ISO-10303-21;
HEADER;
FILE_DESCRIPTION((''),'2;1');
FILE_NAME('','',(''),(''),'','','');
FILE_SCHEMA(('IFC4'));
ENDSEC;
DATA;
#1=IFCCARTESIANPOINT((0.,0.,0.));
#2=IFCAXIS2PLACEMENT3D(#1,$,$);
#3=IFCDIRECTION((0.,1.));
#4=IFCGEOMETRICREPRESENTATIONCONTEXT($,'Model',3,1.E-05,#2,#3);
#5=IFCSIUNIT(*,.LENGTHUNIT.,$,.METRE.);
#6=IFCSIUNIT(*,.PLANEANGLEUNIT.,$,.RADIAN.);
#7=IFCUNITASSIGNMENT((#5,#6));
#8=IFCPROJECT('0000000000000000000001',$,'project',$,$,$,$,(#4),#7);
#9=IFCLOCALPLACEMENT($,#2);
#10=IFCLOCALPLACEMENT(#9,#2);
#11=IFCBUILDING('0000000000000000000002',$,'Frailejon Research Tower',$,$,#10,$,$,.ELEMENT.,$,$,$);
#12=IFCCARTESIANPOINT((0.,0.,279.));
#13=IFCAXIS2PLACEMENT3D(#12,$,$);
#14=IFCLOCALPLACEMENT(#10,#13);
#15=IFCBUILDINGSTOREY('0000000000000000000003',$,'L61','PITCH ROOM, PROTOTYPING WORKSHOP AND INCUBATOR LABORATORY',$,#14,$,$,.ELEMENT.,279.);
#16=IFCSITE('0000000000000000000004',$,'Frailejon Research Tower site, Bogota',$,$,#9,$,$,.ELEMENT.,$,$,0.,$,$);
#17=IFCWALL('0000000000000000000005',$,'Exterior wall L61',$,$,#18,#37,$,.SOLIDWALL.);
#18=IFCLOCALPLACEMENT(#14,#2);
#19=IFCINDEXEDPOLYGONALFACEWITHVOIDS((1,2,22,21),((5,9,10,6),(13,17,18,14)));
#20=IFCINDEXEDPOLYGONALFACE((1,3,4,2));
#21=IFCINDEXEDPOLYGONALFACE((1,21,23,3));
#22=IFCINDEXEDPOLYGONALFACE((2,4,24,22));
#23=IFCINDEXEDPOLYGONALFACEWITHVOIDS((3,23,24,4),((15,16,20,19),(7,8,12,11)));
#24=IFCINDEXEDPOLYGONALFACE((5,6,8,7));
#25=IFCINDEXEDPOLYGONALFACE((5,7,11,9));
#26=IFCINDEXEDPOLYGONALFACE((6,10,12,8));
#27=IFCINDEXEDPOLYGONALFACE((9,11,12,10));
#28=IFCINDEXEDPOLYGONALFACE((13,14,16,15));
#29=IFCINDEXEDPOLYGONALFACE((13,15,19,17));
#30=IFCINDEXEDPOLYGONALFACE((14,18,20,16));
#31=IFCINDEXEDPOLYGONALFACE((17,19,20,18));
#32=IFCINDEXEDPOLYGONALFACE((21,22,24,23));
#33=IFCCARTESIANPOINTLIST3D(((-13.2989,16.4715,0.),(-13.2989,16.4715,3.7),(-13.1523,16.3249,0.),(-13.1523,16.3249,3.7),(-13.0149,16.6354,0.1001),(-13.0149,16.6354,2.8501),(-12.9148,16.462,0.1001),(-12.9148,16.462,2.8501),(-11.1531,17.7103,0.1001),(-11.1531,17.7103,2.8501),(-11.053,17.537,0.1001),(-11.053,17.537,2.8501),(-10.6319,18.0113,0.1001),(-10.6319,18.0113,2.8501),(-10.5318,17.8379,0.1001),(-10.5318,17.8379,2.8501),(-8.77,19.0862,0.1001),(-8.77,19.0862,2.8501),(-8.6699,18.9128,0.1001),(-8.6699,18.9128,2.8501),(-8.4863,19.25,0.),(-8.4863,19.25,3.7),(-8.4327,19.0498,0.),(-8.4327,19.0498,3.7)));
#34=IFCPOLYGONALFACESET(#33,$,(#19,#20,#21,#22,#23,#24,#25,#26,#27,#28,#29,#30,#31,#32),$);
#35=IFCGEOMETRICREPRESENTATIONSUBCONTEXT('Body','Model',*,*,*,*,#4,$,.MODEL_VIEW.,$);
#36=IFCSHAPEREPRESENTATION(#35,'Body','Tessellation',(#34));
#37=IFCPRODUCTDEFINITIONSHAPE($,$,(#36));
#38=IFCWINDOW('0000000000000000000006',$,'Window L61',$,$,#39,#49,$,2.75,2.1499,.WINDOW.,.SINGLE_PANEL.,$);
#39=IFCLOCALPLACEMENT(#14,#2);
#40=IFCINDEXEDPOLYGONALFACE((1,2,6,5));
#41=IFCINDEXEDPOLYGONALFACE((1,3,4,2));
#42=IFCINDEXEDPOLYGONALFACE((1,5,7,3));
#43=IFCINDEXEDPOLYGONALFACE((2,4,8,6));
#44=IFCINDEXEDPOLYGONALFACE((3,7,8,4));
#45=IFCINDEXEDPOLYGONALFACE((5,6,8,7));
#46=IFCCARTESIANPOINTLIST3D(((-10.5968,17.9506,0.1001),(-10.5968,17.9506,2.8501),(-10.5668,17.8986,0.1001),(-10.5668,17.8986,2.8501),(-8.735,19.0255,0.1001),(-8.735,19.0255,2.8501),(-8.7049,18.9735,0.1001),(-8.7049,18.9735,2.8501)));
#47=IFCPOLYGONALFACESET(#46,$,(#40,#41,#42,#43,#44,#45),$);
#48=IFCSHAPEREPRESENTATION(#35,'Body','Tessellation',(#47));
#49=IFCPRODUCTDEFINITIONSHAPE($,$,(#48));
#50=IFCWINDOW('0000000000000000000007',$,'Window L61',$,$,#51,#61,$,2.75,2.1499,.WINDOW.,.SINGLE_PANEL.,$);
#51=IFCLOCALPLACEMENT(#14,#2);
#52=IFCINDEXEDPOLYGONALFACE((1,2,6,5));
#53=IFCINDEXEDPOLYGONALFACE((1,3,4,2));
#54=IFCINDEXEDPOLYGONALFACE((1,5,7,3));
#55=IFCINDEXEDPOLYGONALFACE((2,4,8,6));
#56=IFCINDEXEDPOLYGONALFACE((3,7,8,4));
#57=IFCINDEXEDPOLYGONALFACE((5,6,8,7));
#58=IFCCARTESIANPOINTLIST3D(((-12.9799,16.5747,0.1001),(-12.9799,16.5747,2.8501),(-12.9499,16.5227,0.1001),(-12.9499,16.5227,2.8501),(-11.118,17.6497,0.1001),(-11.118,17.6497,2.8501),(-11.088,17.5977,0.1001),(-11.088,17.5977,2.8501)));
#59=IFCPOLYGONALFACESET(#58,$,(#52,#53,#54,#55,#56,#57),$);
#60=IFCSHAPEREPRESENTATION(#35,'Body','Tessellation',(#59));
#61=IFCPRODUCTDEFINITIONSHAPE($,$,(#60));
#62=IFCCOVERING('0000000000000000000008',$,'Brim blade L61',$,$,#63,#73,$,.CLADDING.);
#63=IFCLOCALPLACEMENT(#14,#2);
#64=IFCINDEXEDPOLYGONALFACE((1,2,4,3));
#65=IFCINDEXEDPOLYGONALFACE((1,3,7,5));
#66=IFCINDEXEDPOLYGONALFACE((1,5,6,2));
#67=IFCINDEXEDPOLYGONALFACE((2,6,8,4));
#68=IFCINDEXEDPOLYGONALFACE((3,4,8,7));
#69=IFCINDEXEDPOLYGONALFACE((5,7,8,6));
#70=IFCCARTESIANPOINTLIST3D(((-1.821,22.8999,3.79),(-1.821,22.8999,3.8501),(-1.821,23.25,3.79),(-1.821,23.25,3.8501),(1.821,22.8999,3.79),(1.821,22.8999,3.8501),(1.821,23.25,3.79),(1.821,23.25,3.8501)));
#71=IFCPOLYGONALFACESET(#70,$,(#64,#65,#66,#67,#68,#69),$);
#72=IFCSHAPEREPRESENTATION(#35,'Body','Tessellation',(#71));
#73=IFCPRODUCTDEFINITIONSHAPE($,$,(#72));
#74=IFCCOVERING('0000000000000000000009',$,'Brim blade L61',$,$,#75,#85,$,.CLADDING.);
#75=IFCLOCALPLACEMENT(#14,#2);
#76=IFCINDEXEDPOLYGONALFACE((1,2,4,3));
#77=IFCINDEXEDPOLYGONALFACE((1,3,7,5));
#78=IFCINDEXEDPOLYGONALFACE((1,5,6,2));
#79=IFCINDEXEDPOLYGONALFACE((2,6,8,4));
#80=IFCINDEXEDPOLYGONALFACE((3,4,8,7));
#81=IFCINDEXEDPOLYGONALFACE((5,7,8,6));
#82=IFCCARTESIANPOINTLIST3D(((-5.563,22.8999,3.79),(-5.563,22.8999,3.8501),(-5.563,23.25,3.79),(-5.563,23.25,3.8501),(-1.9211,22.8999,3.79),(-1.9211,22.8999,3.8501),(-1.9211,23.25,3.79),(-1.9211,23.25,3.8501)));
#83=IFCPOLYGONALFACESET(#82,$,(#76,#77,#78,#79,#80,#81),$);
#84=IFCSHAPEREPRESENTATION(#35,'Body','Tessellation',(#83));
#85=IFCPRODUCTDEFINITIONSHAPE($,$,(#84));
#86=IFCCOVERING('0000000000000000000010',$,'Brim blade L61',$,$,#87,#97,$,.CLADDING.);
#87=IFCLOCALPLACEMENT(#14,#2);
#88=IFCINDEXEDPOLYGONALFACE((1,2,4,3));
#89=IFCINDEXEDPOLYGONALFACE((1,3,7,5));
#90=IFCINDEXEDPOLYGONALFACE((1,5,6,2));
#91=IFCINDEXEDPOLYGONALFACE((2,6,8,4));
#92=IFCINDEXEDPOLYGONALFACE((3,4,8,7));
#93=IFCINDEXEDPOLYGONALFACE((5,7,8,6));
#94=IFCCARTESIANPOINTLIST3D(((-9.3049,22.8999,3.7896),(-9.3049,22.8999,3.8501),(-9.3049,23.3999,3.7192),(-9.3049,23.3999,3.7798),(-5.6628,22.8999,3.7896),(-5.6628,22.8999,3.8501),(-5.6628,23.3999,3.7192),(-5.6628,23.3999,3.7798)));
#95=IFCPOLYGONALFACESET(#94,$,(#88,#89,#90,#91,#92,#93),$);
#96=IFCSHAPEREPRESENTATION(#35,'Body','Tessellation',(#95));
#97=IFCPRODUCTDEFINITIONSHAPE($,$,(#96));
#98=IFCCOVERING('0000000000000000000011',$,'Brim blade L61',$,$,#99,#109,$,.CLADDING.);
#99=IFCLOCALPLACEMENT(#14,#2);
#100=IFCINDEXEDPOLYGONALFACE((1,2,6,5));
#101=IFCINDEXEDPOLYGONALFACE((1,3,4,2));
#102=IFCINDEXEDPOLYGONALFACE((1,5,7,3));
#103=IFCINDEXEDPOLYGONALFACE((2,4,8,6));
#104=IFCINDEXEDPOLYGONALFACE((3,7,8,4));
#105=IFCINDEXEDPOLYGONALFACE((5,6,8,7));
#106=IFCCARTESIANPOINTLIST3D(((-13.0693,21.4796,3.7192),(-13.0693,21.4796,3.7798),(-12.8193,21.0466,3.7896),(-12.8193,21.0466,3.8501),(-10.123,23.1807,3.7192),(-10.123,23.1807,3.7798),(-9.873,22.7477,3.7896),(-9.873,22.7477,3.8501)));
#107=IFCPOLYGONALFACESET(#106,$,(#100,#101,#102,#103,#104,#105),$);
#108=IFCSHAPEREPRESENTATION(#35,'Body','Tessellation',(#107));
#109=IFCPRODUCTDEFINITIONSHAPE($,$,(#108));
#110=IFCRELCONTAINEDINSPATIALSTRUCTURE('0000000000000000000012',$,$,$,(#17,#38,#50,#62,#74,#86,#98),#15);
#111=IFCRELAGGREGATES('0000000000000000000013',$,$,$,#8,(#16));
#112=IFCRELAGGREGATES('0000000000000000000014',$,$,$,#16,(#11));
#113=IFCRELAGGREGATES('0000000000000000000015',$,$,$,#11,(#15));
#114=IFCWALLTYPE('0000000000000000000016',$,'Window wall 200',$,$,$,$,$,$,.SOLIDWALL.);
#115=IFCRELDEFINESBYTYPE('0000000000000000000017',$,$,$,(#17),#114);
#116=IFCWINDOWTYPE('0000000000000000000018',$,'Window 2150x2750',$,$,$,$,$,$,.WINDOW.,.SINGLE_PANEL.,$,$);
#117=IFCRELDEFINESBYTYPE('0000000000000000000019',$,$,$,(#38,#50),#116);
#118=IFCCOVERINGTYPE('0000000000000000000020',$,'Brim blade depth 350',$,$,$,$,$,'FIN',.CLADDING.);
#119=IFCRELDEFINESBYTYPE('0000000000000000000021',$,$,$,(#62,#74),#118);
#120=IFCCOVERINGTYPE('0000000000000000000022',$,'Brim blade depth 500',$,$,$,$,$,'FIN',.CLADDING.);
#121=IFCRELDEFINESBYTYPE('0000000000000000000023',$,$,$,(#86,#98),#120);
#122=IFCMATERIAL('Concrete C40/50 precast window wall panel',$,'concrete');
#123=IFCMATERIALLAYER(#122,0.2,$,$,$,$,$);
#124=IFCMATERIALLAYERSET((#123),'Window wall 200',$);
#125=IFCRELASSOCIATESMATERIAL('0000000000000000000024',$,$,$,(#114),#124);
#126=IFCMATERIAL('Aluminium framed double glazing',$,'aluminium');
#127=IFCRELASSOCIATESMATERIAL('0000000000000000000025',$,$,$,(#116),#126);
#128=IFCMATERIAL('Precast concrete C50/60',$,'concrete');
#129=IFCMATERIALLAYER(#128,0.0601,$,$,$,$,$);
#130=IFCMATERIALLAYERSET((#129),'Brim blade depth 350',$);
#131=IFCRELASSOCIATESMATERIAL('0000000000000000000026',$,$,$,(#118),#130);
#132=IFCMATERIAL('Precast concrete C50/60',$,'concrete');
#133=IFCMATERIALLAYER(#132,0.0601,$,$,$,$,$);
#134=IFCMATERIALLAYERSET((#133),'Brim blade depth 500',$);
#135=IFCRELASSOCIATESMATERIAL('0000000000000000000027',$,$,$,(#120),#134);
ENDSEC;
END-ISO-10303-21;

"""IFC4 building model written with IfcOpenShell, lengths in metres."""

from ifc_helpers import new_model, si_unit, direction, frame, frame_2d, origin, place, context, subcontext, project, spatial, polyline, rectangle, outline, extrude, material, layer, layer_set, type_object, element, fill, save


model = new_model("IFC4")

# Units and contexts
model_context = context("Model", 3, precision=1e-05, world=origin(), true_north=direction((0.0, 1.0)))
body_context = subcontext(model_context, "Body", "Model", "MODEL_VIEW")
ifc_project = project(units=[si_unit("LENGTHUNIT", "METRE"), si_unit("PLANEANGLEUNIT", "RADIAN")], contexts=[model_context])

# Site, building, storey
site_placement = place(None, origin())
site = spatial("IfcSite", under=ifc_project, at=site_placement, Name="Frailejon Research Tower site, Bogota", CompositionType="ELEMENT", RefElevation=0.0)
building_placement = place(site_placement, origin())
building = spatial("IfcBuilding", under=site, at=building_placement, Name="Frailejon Research Tower", CompositionType="ELEMENT")
storey_placement = place(building_placement, frame((0.0, 0.0, 279.0)))
storey = spatial("IfcBuildingStorey", under=building, at=storey_placement, Name="L61", Description="PITCH ROOM, PROTOTYPING WORKSHOP AND INCUBATOR LABORATORY", CompositionType="ELEMENT", Elevation=279.0)

# Wall, openings, windows
ifc_material_1 = material(Name="Concrete C40/50 precast window wall panel", Category="concrete")
ifc_layer_1 = layer(ifc_material_1, 0.2)
ifc_layer_set_1 = layer_set([ifc_layer_1], Name="Window wall 200")
wall_type = type_object("IfcWallType", Name="Window wall 200", PredefinedType="SOLIDWALL", material=ifc_layer_set_1)
wall_placement = place(storey_placement, frame((-8.4595, 19.1499, 0.0), z_axis=(0.0, 0.0, 1.0), x_axis=(-0.866026, -0.499999, 0.0)))
wall = element("IfcWall", 1, at=wall_placement, inside=storey, type_object=wall_type, Name="Exterior wall L61", PredefinedType="SOLIDWALL", context=body_context, shape_type="SweptSolid", body=[
    extrude(outline(polyline([(-0.0269, -0.1001), (1.0845, -0.1001), (2.196, -0.1001), (3.3074, -0.1001), (4.4189, -0.1001), (5.5303, -0.1001), (5.4766, 0.1001), (4.3867, 0.1001), (3.2966, 0.1001), (2.2068, 0.1001), (1.1167, 0.1001), (0.0269, 0.1001), (-0.0269, -0.1001)])), origin(), (0.0, 0.0, 1.0), 3.7),
])
opening_1_placement = place(wall_placement, frame((0.3008, 0.0, 0.1001)))
opening_1 = element("IfcOpeningElement", 2, at=opening_1_placement, cuts=wall, PredefinedType="OPENING", context=body_context, shape_type="SweptSolid", body=[
    extrude(rectangle(XDim=2.1499, YDim=2.75, at=frame_2d((1.075, 1.375))), frame((0.0, 0.1099, 0.0), z_axis=(0.0, -1.0, 0.0), x_axis=(1.0, 0.0, 0.0)), (0.0, 0.0, 1.0), 0.22),
])
opening_2_placement = place(wall_placement, frame((3.0525, 0.0, 0.1001)))
opening_2 = element("IfcOpeningElement", 3, at=opening_2_placement, cuts=wall, PredefinedType="OPENING", context=body_context, shape_type="SweptSolid", body=[
    extrude(rectangle(XDim=2.1499, YDim=2.75, at=frame_2d((1.075, 1.375))), frame((0.0, 0.1099, 0.0), z_axis=(0.0, -1.0, 0.0), x_axis=(1.0, 0.0, 0.0)), (0.0, 0.0, 1.0), 0.22),
])
ifc_material_2 = material(Name="Aluminium framed double glazing", Category="aluminium")
window_type = type_object("IfcWindowType", Name="Window 2150x2750", PartitioningType="SINGLE_PANEL", PredefinedType="WINDOW", material=ifc_material_2)
window_1_placement = place(opening_1_placement, origin())
window_1 = element("IfcWindow", 4, at=window_1_placement, inside=storey, type_object=window_type, Name="Window L61", OverallHeight=2.75, OverallWidth=2.1499, PartitioningType="SINGLE_PANEL", PredefinedType="WINDOW", context=body_context, shape_type="SweptSolid", body=[
    extrude(rectangle(XDim=2.1499, YDim=2.75, at=frame_2d((1.075, 1.375))), frame((0.0, 0.03, 0.0), z_axis=(0.0, -1.0, 0.0), x_axis=(1.0, 0.0, 0.0)), (0.0, 0.0, 1.0), 0.0601),
])
fill(opening_1, window_1)
window_2_placement = place(opening_2_placement, origin())
window_2 = element("IfcWindow", 5, at=window_2_placement, inside=storey, type_object=window_type, Name="Window L61", OverallHeight=2.75, OverallWidth=2.1499, PartitioningType="SINGLE_PANEL", PredefinedType="WINDOW", context=body_context, shape_type="SweptSolid", body=[
    extrude(rectangle(XDim=2.1499, YDim=2.75, at=frame_2d((1.075, 1.375))), frame((0.0, 0.03, 0.0), z_axis=(0.0, -1.0, 0.0), x_axis=(1.0, 0.0, 0.0)), (0.0, 0.0, 1.0), 0.0601),
])
fill(opening_2, window_2)

# Coverings
ifc_material_3 = material(Name="Precast concrete C50/60", Category="concrete")
ifc_layer_2 = layer(ifc_material_3, 0.0601)
ifc_layer_set_2 = layer_set([ifc_layer_2], Name="Brim blade depth 350")
covering_type_1 = type_object("IfcCoveringType", Name="Brim blade depth 350", ElementType="FIN", PredefinedType="CLADDING", material=ifc_layer_set_2)
covering_1_placement = place(storey_placement, frame((-1.821, 22.8999, 3.8501), z_axis=(1.0, 0.0, 0.0), x_axis=(0.0, 1.0, 0.0)))
element("IfcCovering", 6, at=covering_1_placement, inside=storey, type_object=covering_type_1, Name="Brim blade L61", PredefinedType="CLADDING", context=body_context, shape_type="SweptSolid", body=[
    extrude(outline(polyline([(0.0, -0.0601), (0.3501, -0.0601), (0.3501, 0.0), (0.0, 0.0), (0.0, -0.0601)])), origin(), (0.0, 0.0, 1.0), 3.6421),
])
covering_2_placement = place(storey_placement, frame((-5.563, 22.8999, 3.8501), z_axis=(1.0, 0.0, 0.0), x_axis=(0.0, 1.0, 0.0)))
element("IfcCovering", 7, at=covering_2_placement, inside=storey, type_object=covering_type_1, Name="Brim blade L61", PredefinedType="CLADDING", context=body_context, shape_type="SweptSolid", body=[
    extrude(outline(polyline([(0.0, -0.0601), (0.3501, -0.0601), (0.3501, 0.0), (0.0, 0.0), (0.0, -0.0601)])), origin(), (0.0, 0.0, 1.0), 3.6418),
])
ifc_material_4 = material(Name="Precast concrete C50/60", Category="concrete")
ifc_layer_3 = layer(ifc_material_4, 0.0601)
ifc_layer_set_3 = layer_set([ifc_layer_3], Name="Brim blade depth 500")
covering_type_2 = type_object("IfcCoveringType", Name="Brim blade depth 500", ElementType="FIN", PredefinedType="CLADDING", material=ifc_layer_set_3)
covering_3_placement = place(storey_placement, frame((-9.3049, 22.8999, 3.8501), z_axis=(1.0, 0.0, 0.0), x_axis=(0.0, 1.0, 0.0)))
element("IfcCovering", 8, at=covering_3_placement, inside=storey, type_object=covering_type_2, Name="Brim blade L61", PredefinedType="CLADDING", context=body_context, shape_type="SweptSolid", body=[
    extrude(outline(polyline([(0.0, -0.0605), (0.5, -0.1309), (0.5, -0.0703), (0.0, 0.0), (0.0, -0.0605)])), origin(), (0.0, 0.0, 1.0), 3.6421),
])
covering_4_placement = place(storey_placement, frame((-12.8193, 21.0466, 3.8501), z_axis=(0.866024, 0.500003, 0.0), x_axis=(-0.500003, 0.866024, 0.0)))
element("IfcCovering", 9, at=covering_4_placement, inside=storey, type_object=covering_type_2, Name="Brim blade L61", PredefinedType="CLADDING", context=body_context, shape_type="SweptSolid", body=[
    extrude(outline(polyline([(0.0, -0.0605), (0.5, -0.1309), (0.5, -0.0703), (0.0, 0.0), (0.0, -0.0605)])), origin(), (0.0, 0.0, 1.0), 3.4021),
])

save(model, "model.ifc")
